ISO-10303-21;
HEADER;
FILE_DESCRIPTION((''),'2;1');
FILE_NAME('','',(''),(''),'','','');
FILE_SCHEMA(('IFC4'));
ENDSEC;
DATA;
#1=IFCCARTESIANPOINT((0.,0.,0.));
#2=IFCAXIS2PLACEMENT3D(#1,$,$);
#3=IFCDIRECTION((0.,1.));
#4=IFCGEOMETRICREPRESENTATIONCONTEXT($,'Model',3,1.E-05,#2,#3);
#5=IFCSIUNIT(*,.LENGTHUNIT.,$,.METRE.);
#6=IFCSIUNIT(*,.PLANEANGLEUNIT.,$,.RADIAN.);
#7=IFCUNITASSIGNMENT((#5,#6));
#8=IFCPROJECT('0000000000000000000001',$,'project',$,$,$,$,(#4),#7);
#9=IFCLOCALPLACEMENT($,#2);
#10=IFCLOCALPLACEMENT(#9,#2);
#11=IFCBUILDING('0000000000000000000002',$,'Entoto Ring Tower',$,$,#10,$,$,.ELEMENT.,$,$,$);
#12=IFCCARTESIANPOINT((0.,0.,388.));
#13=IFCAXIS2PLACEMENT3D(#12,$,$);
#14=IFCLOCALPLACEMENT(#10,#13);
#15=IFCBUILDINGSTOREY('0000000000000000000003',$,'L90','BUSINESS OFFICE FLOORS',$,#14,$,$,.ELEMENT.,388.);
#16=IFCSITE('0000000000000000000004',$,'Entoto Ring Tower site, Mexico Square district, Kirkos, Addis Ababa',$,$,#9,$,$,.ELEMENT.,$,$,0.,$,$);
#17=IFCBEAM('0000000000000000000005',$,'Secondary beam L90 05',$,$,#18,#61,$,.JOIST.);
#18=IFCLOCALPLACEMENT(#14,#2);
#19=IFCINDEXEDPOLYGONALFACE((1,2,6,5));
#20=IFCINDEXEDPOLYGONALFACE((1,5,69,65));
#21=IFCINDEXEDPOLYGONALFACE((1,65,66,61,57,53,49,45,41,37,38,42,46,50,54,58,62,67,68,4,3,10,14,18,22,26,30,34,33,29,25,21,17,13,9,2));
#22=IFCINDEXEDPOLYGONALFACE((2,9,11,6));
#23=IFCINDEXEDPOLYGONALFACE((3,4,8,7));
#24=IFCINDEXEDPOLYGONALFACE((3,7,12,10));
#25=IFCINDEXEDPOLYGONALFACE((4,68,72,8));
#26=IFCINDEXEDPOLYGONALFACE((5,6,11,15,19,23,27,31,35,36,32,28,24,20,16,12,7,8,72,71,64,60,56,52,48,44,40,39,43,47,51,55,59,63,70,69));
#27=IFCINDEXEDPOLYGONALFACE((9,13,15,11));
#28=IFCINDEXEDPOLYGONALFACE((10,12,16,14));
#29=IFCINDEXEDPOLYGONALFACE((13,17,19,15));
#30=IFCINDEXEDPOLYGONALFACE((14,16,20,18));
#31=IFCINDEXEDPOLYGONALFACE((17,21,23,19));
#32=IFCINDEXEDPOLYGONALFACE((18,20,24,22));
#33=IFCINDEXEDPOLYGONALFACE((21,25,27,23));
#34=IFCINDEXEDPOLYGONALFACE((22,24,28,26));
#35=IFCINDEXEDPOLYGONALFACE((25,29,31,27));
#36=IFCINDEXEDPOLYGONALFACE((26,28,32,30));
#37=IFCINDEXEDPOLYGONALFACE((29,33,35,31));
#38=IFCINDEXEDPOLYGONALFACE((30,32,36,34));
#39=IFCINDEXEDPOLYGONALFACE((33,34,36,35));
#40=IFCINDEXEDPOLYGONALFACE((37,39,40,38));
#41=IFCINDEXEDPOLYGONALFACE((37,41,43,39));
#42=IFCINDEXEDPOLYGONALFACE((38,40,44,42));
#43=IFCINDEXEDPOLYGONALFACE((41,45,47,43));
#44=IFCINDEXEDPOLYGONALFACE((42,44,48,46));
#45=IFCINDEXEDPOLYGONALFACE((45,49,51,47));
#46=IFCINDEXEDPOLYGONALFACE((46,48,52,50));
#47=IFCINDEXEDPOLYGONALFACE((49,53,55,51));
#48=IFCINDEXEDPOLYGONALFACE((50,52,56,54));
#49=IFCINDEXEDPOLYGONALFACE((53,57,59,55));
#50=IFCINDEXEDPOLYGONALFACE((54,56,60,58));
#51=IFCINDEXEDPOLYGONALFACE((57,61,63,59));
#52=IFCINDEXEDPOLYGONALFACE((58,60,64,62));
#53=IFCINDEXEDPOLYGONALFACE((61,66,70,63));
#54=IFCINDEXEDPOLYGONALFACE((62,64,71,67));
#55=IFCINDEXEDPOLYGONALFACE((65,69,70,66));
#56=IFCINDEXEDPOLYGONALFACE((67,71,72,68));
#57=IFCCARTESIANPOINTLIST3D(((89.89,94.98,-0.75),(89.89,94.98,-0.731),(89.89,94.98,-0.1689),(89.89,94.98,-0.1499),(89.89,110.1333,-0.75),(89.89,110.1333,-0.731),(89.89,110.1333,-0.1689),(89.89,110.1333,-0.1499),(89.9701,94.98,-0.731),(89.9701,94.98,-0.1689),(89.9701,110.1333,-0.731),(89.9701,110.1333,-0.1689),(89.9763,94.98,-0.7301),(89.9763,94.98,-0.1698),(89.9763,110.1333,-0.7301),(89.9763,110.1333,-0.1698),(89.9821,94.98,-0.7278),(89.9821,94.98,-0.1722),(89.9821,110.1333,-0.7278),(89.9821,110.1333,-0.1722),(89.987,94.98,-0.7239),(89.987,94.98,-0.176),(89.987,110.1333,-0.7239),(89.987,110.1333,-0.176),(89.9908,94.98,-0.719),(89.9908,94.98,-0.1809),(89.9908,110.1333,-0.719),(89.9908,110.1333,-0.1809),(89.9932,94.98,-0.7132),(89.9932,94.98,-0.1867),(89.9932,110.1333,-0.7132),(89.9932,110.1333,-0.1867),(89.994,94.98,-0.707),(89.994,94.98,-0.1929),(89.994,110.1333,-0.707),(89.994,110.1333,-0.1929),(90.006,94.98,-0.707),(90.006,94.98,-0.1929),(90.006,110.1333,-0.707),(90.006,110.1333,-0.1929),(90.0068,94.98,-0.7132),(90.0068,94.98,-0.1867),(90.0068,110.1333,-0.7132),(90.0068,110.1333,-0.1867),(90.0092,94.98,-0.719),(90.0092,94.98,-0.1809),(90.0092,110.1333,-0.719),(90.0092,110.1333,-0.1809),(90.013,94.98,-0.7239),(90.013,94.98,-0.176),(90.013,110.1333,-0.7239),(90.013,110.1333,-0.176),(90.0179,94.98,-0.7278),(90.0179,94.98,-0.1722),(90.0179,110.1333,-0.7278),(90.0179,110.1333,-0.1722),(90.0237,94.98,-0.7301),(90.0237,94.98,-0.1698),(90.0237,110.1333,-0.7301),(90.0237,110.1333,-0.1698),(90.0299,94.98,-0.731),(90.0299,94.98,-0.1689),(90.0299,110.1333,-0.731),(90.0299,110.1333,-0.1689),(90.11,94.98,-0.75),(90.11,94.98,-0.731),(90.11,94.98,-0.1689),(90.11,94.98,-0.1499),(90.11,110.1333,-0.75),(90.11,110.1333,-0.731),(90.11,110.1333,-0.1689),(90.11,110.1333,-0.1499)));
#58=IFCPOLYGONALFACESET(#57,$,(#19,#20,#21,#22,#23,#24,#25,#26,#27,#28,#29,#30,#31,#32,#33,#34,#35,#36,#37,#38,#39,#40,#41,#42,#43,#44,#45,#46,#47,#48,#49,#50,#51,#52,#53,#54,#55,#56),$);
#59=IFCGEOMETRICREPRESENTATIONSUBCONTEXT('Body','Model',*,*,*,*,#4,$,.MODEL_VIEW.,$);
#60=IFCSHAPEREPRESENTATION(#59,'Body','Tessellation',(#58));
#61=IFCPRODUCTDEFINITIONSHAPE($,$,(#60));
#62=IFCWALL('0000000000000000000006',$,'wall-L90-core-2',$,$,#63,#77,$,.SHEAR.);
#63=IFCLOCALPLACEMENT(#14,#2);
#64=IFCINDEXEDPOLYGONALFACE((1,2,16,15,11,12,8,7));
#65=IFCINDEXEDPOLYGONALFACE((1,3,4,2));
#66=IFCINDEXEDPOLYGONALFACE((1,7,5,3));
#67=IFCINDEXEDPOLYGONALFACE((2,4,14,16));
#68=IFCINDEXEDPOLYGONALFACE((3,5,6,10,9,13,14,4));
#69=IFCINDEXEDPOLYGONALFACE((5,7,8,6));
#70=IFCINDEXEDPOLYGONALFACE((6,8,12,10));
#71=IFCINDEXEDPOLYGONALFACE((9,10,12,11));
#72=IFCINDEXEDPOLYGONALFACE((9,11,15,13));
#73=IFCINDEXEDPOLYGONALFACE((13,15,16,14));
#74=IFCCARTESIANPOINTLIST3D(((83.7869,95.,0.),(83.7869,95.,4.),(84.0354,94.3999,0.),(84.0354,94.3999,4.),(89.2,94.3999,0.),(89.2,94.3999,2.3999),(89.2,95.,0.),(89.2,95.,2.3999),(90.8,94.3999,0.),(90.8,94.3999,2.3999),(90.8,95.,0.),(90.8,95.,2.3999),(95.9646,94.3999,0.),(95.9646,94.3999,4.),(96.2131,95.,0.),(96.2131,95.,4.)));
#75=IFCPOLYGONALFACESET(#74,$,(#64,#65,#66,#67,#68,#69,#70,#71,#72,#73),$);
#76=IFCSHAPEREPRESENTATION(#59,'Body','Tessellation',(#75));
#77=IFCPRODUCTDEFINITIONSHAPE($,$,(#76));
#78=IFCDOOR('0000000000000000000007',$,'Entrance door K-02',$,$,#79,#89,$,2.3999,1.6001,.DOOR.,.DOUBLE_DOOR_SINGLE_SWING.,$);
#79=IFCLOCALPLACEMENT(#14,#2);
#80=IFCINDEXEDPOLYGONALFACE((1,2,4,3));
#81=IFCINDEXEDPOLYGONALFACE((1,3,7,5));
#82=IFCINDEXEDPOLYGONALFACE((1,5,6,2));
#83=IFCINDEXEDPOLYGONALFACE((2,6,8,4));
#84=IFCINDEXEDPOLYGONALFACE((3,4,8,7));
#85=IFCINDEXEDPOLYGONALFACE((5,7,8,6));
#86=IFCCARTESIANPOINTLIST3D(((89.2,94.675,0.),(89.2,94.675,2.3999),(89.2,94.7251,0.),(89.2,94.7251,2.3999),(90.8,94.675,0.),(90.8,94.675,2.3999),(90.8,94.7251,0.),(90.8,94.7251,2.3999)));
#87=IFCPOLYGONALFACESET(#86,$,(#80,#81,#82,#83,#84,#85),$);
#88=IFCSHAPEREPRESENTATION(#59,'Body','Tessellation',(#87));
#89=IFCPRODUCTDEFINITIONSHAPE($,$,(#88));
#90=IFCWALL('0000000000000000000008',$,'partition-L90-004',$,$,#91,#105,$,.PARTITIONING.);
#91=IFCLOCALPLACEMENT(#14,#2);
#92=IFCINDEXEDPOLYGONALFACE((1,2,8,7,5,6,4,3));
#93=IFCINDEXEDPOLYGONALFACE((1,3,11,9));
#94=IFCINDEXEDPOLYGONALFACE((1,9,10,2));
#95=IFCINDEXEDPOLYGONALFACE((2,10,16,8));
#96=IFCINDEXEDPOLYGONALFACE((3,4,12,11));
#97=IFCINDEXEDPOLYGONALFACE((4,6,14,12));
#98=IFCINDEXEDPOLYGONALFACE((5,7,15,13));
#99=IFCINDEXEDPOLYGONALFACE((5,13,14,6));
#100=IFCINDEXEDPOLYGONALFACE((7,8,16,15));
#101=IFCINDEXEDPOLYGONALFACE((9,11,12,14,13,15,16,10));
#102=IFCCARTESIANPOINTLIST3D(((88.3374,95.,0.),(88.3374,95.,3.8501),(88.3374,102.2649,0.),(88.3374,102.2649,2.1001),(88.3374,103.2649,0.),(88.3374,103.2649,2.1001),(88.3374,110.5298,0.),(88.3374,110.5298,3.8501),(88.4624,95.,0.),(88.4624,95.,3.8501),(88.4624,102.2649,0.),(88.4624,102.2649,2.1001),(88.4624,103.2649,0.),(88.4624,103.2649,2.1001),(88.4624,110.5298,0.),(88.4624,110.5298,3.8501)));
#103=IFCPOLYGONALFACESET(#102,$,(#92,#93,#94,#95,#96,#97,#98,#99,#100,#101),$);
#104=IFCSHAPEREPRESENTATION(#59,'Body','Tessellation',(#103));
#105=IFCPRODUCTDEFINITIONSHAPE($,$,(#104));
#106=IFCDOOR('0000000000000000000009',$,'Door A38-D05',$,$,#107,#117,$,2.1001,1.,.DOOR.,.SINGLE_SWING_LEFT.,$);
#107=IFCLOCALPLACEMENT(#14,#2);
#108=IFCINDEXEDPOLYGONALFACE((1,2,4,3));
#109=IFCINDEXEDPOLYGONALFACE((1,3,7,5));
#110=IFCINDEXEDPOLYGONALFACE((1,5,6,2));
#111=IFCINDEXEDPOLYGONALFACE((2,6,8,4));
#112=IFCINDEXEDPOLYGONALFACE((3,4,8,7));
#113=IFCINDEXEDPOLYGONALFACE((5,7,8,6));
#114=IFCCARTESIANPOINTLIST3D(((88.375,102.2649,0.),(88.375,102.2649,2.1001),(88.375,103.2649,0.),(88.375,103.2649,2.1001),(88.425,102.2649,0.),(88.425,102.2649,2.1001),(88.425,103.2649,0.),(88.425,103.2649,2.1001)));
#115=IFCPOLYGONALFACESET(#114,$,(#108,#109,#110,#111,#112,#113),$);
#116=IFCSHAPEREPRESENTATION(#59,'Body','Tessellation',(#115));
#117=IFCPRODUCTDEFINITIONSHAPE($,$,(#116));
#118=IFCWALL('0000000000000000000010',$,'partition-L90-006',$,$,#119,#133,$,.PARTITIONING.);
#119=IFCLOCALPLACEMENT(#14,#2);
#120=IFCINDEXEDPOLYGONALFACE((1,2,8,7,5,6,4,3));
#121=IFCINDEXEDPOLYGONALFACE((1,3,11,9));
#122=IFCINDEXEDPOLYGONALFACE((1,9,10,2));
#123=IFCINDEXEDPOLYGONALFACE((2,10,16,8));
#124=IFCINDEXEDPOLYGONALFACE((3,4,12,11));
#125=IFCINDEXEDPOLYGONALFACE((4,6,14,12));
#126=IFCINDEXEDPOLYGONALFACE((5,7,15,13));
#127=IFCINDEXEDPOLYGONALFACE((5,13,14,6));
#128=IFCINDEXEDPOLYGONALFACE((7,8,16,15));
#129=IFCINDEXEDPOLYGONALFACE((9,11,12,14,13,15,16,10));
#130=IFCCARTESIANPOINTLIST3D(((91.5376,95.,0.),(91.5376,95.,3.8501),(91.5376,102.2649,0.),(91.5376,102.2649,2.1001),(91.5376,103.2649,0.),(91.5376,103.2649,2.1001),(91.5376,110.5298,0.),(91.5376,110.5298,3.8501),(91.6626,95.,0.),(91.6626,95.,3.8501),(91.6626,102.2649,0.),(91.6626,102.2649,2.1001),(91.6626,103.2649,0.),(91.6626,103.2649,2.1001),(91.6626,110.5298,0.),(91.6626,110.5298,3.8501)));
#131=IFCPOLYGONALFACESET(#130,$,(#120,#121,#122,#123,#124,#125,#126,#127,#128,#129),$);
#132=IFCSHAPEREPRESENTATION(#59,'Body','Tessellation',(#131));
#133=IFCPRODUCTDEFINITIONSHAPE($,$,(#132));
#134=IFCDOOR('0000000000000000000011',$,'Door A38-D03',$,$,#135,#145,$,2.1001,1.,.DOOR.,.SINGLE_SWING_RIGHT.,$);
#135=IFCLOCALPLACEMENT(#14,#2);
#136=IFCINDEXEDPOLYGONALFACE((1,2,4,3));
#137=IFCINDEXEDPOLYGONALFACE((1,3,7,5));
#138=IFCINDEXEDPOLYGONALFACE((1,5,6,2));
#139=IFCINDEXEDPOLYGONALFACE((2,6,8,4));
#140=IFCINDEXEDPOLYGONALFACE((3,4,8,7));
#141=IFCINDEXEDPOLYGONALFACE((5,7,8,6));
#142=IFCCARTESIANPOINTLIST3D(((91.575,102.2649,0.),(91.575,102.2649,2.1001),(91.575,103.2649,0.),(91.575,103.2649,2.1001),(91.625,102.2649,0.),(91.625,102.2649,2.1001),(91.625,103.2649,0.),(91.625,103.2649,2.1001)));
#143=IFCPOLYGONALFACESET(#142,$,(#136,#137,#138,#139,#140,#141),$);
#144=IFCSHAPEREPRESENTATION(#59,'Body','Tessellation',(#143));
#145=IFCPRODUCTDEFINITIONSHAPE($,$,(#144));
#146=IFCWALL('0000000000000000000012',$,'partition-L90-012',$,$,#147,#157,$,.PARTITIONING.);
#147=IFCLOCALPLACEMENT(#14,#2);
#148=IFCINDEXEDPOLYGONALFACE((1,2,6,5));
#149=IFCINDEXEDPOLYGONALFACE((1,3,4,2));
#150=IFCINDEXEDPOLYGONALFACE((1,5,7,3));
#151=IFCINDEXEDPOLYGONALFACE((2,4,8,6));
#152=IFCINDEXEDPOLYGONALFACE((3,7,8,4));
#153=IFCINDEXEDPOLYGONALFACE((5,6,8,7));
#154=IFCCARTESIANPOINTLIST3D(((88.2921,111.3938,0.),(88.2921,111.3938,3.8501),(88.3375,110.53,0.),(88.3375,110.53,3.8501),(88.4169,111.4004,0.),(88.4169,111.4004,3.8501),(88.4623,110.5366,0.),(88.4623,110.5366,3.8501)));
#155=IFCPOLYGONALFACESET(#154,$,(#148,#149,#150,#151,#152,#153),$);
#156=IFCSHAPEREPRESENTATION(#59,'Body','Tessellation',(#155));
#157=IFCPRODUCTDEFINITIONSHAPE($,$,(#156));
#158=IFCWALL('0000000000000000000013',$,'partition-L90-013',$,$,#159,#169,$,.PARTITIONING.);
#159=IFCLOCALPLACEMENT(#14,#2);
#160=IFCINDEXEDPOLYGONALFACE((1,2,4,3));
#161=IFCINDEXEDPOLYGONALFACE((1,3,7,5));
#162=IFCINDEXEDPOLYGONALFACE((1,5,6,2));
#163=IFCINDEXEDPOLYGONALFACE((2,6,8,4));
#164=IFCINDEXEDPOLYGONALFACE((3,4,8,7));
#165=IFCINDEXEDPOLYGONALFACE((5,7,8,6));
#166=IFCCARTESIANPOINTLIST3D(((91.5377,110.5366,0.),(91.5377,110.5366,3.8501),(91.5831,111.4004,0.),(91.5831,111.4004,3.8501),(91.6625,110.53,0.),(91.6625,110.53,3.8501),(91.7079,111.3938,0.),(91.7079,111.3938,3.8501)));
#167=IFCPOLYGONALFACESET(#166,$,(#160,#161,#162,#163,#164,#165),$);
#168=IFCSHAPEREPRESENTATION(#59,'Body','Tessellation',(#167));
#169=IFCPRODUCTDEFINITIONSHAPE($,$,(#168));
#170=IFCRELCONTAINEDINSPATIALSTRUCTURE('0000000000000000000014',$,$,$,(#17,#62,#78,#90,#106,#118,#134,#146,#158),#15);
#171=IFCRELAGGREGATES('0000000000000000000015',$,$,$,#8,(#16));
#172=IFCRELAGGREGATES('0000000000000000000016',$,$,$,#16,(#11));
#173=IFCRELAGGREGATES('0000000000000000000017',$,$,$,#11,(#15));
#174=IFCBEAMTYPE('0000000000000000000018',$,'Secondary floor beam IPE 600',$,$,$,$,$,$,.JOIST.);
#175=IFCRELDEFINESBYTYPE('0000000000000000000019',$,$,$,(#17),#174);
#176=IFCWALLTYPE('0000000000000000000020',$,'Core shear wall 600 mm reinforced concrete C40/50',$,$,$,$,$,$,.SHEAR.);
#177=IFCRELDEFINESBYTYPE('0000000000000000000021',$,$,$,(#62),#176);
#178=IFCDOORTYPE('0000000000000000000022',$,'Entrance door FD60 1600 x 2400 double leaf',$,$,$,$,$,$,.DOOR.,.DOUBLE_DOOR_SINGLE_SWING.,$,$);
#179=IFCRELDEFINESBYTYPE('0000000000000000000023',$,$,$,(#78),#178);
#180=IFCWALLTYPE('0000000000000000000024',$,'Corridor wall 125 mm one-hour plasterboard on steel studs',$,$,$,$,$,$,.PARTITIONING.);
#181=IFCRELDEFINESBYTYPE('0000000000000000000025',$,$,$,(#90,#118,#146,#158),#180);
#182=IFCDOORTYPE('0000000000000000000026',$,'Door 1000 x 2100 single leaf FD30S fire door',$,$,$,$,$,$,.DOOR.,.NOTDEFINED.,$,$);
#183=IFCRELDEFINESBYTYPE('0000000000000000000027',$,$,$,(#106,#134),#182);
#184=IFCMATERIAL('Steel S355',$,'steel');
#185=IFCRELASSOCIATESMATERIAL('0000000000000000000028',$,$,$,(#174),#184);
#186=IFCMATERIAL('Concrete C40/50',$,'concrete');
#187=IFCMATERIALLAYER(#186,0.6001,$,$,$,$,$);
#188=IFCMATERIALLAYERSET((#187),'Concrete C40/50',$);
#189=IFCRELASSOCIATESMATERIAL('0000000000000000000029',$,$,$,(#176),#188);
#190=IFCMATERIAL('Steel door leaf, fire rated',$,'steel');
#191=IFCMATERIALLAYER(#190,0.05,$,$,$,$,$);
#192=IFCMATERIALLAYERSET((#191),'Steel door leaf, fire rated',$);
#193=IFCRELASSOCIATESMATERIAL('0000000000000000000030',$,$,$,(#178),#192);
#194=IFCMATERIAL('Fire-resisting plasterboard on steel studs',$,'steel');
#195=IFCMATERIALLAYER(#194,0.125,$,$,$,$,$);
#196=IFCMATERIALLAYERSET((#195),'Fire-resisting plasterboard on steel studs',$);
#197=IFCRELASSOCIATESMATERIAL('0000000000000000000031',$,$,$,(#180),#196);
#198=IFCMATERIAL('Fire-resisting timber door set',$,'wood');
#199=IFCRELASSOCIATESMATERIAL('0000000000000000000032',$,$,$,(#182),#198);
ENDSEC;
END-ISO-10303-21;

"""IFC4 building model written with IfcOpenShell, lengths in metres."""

from ifc_helpers import new_model, si_unit, direction, frame, frame_2d, origin, origin_2d, place, context, subcontext, project, spatial, polyline, rectangle, i_section, outline, extrude, material, layer, layer_set, material_profile, profile_set, type_object, element, fill, save


model = new_model("IFC4")

# Units and contexts
model_context = context("Model", 3, precision=1e-05, world=origin(), true_north=direction((0.0, 1.0)))
body_context = subcontext(model_context, "Body", "Model", "MODEL_VIEW")
ifc_project = project(units=[si_unit("LENGTHUNIT", "METRE"), si_unit("PLANEANGLEUNIT", "RADIAN")], contexts=[model_context])

# Site, building, storey
site_placement = place(None, origin())
site = spatial("IfcSite", under=ifc_project, at=site_placement, Name="Entoto Ring Tower site, Mexico Square district, Kirkos, Addis Ababa", CompositionType="ELEMENT", RefElevation=0.0)
building_placement = place(site_placement, origin())
building = spatial("IfcBuilding", under=site, at=building_placement, Name="Entoto Ring Tower", CompositionType="ELEMENT")
storey_placement = place(building_placement, frame((0.0, 0.0, 388.0)))
storey = spatial("IfcBuildingStorey", under=building, at=storey_placement, Name="L90", Description="BUSINESS OFFICE FLOORS", CompositionType="ELEMENT", Elevation=388.0)

# Beam
ifc_material_1 = material(Name="Steel S355", Category="steel")
ifc_material_profile_1 = material_profile(ifc_material_1, i_section(OverallWidth=0.22, OverallDepth=0.6001, WebThickness=0.012, FlangeThickness=0.019, FilletRadius=0.0239, at=origin_2d()), Name="IPE 600")
ifc_profile_set_1 = profile_set([ifc_material_profile_1], Name="Steel S355")
beam_type_1 = type_object("IfcBeamType", Name="Secondary floor beam IPE 600", PredefinedType="JOIST", material=ifc_profile_set_1)
beam_1_placement = place(storey_placement, frame((90.0, 94.98, -0.45), z_axis=(0.0, 1.0, 0.0), x_axis=(-1.0, 0.0, 0.0)))
element("IfcBeam", 1, at=beam_1_placement, inside=storey, type_object=beam_type_1, Name="Secondary beam L90 05", PredefinedType="JOIST", context=body_context, shape_type="SweptSolid", body=[
    extrude(i_section(OverallWidth=0.22, OverallDepth=0.6001, WebThickness=0.012, FlangeThickness=0.019, FilletRadius=0.0239, at=origin_2d()), origin(), (0.0, 0.0, 1.0), 15.1533),
])

# Walls, openings, doors
ifc_material_2 = material(Name="Concrete C40/50", Category="concrete")
ifc_layer_1 = layer(ifc_material_2, 0.6001)
ifc_layer_set_1 = layer_set([ifc_layer_1], Name="Concrete C40/50")
wall_type_1 = type_object("IfcWallType", Name="Core shear wall 600 mm reinforced concrete C40/50", PredefinedType="SHEAR", material=ifc_layer_set_1)
wall_1_placement = place(storey_placement, frame((96.0889, 94.7, 0.0), z_axis=(0.0, 0.0, 1.0), x_axis=(-1.0, 0.0, 0.0)))
wall_1 = element("IfcWall", 2, at=wall_1_placement, inside=storey, type_object=wall_type_1, Name="wall-L90-core-2", PredefinedType="SHEAR", context=body_context, shape_type="SweptSolid", body=[
    extrude(outline(polyline([(-0.1243, -0.3), (12.302, -0.3), (12.0535, 0.3), (0.1243, 0.3), (-0.1243, -0.3)])), origin(), (0.0, 0.0, 1.0), 4.0),
])
opening_1_placement = place(wall_1_placement, frame((5.2888, 0.0, 0.0)))
opening_1 = element("IfcOpeningElement", 3, at=opening_1_placement, cuts=wall_1, PredefinedType="OPENING", context=body_context, shape_type="SweptSolid", body=[
    extrude(rectangle(XDim=1.6001, YDim=2.3999, at=frame_2d((0.8, 1.2))), frame((0.0, 0.3101, 0.0), z_axis=(0.0, -1.0, 0.0), x_axis=(1.0, 0.0, 0.0)), (0.0, 0.0, 1.0), 0.6201),
])
ifc_material_3 = material(Name="Steel door leaf, fire rated", Category="steel")
ifc_layer_2 = layer(ifc_material_3, 0.05)
ifc_layer_set_2 = layer_set([ifc_layer_2], Name="Steel door leaf, fire rated")
door_type_1 = type_object("IfcDoorType", Name="Entrance door FD60 1600 x 2400 double leaf", OperationType="DOUBLE_DOOR_SINGLE_SWING", PredefinedType="DOOR", material=ifc_layer_set_2)
door_1_placement = place(opening_1_placement, origin())
door_1 = element("IfcDoor", 4, at=door_1_placement, inside=storey, type_object=door_type_1, Name="Entrance door K-02", OperationType="DOUBLE_DOOR_SINGLE_SWING", OverallHeight=2.3999, OverallWidth=1.6001, PredefinedType="DOOR", context=body_context, shape_type="SweptSolid", body=[
    extrude(rectangle(XDim=1.6001, YDim=2.3999, at=frame_2d((0.8, 1.2))), frame((0.0, 0.0249, 0.0), z_axis=(0.0, -1.0, 0.0), x_axis=(1.0, 0.0, 0.0)), (0.0, 0.0, 1.0), 0.05),
])
fill(opening_1, door_1)
ifc_material_4 = material(Name="Fire-resisting plasterboard on steel studs", Category="steel")
ifc_layer_3 = layer(ifc_material_4, 0.125)
ifc_layer_set_3 = layer_set([ifc_layer_3], Name="Fire-resisting plasterboard on steel studs")
wall_type_2 = type_object("IfcWallType", Name="Corridor wall 125 mm one-hour plasterboard on steel studs", PredefinedType="PARTITIONING", material=ifc_layer_set_3)
wall_2_placement = place(storey_placement, frame((88.3999, 95.0, 0.0), z_axis=(0.0, 0.0, 1.0), x_axis=(0.0, 1.0, 0.0)))
wall_2 = element("IfcWall", 5, at=wall_2_placement, inside=storey, type_object=wall_type_2, Name="partition-L90-004", PredefinedType="PARTITIONING", context=body_context, shape_type="SweptSolid", body=[
    extrude(rectangle(XDim=15.5298, YDim=0.125, at=frame_2d((7.7649, 0.0))), origin(), (0.0, 0.0, 1.0), 3.8501),
])
opening_2_placement = place(wall_2_placement, frame((7.2649, 0.0, 0.0)))
opening_2 = element("IfcOpeningElement", 6, at=opening_2_placement, cuts=wall_2, PredefinedType="OPENING", context=body_context, shape_type="SweptSolid", body=[
    extrude(rectangle(XDim=1.0, YDim=2.1001, at=frame_2d((0.5, 1.05))), frame((0.0, 0.0725, 0.0), z_axis=(0.0, -1.0, 0.0), x_axis=(1.0, 0.0, 0.0)), (0.0, 0.0, 1.0), 0.145),
])
ifc_material_5 = material(Name="Fire-resisting timber door set", Category="wood")
door_type_2 = type_object("IfcDoorType", Name="Door 1000 x 2100 single leaf FD30S fire door", OperationType="NOTDEFINED", PredefinedType="DOOR", material=ifc_material_5)
door_2_placement = place(opening_2_placement, origin())
door_2 = element("IfcDoor", 7, at=door_2_placement, inside=storey, type_object=door_type_2, Name="Door A38-D05", OperationType="SINGLE_SWING_LEFT", OverallHeight=2.1001, OverallWidth=1.0, PredefinedType="DOOR", context=body_context, shape_type="SweptSolid", body=[
    extrude(rectangle(XDim=1.0, YDim=2.1001, at=frame_2d((0.5, 1.05))), frame((0.0, 0.0249, 0.0), z_axis=(0.0, -1.0, 0.0), x_axis=(1.0, 0.0, 0.0)), (0.0, 0.0, 1.0), 0.05),
])
fill(opening_2, door_2)
wall_3_placement = place(storey_placement, frame((91.6001, 95.0, 0.0), z_axis=(0.0, 0.0, 1.0), x_axis=(0.0, 1.0, 0.0)))
wall_3 = element("IfcWall", 8, at=wall_3_placement, inside=storey, type_object=wall_type_2, Name="partition-L90-006", PredefinedType="PARTITIONING", context=body_context, shape_type="SweptSolid", body=[
    extrude(rectangle(XDim=15.5298, YDim=0.125, at=frame_2d((7.7649, 0.0))), origin(), (0.0, 0.0, 1.0), 3.8501),
])
opening_3_placement = place(wall_3_placement, frame((7.2649, 0.0, 0.0)))
opening_3 = element("IfcOpeningElement", 9, at=opening_3_placement, cuts=wall_3, PredefinedType="OPENING", context=body_context, shape_type="SweptSolid", body=[
    extrude(rectangle(XDim=1.0, YDim=2.1001, at=frame_2d((0.5, 1.05))), frame((0.0, 0.0725, 0.0), z_axis=(0.0, -1.0, 0.0), x_axis=(1.0, 0.0, 0.0)), (0.0, 0.0, 1.0), 0.145),
])
door_3_placement = place(opening_3_placement, frame((1.0, 0.0, 0.0), z_axis=(0.0, 0.0, 1.0), x_axis=(-1.0, 0.0, 0.0)))
door_3 = element("IfcDoor", 10, at=door_3_placement, inside=storey, type_object=door_type_2, Name="Door A38-D03", OperationType="SINGLE_SWING_RIGHT", OverallHeight=2.1001, OverallWidth=1.0, PredefinedType="DOOR", context=body_context, shape_type="SweptSolid", body=[
    extrude(rectangle(XDim=1.0, YDim=2.1001, at=frame_2d((0.5, 1.05))), frame((0.0, 0.0249, 0.0), z_axis=(0.0, -1.0, 0.0), x_axis=(1.0, 0.0, 0.0)), (0.0, 0.0, 1.0), 0.05),
])
fill(opening_3, door_3)

# Walls
for number, where, z_axis, x_axis, name in (
    (11, (88.3999, 110.5332, 0.0), (0.0, 0.0, 1.0), (-0.0525, 0.998621, 0.0), "partition-L90-012"),
    (12, (91.6001, 110.5332, 0.0), (0.0, 0.0, 1.0), (0.0525, 0.998621, 0.0), "partition-L90-013"),
):
    element("IfcWall", number, at=place(storey_placement, frame(where, z_axis=z_axis, x_axis=x_axis)), inside=storey, type_object=wall_type_2, Name=name, PredefinedType="PARTITIONING", context=body_context, shape_type="SweptSolid", body=[
        extrude(rectangle(XDim=0.865, YDim=0.125, at=frame_2d((0.4326, 0.0))), origin(), (0.0, 0.0, 1.0), 3.8501),
    ])

save(model, "model.ifc")
